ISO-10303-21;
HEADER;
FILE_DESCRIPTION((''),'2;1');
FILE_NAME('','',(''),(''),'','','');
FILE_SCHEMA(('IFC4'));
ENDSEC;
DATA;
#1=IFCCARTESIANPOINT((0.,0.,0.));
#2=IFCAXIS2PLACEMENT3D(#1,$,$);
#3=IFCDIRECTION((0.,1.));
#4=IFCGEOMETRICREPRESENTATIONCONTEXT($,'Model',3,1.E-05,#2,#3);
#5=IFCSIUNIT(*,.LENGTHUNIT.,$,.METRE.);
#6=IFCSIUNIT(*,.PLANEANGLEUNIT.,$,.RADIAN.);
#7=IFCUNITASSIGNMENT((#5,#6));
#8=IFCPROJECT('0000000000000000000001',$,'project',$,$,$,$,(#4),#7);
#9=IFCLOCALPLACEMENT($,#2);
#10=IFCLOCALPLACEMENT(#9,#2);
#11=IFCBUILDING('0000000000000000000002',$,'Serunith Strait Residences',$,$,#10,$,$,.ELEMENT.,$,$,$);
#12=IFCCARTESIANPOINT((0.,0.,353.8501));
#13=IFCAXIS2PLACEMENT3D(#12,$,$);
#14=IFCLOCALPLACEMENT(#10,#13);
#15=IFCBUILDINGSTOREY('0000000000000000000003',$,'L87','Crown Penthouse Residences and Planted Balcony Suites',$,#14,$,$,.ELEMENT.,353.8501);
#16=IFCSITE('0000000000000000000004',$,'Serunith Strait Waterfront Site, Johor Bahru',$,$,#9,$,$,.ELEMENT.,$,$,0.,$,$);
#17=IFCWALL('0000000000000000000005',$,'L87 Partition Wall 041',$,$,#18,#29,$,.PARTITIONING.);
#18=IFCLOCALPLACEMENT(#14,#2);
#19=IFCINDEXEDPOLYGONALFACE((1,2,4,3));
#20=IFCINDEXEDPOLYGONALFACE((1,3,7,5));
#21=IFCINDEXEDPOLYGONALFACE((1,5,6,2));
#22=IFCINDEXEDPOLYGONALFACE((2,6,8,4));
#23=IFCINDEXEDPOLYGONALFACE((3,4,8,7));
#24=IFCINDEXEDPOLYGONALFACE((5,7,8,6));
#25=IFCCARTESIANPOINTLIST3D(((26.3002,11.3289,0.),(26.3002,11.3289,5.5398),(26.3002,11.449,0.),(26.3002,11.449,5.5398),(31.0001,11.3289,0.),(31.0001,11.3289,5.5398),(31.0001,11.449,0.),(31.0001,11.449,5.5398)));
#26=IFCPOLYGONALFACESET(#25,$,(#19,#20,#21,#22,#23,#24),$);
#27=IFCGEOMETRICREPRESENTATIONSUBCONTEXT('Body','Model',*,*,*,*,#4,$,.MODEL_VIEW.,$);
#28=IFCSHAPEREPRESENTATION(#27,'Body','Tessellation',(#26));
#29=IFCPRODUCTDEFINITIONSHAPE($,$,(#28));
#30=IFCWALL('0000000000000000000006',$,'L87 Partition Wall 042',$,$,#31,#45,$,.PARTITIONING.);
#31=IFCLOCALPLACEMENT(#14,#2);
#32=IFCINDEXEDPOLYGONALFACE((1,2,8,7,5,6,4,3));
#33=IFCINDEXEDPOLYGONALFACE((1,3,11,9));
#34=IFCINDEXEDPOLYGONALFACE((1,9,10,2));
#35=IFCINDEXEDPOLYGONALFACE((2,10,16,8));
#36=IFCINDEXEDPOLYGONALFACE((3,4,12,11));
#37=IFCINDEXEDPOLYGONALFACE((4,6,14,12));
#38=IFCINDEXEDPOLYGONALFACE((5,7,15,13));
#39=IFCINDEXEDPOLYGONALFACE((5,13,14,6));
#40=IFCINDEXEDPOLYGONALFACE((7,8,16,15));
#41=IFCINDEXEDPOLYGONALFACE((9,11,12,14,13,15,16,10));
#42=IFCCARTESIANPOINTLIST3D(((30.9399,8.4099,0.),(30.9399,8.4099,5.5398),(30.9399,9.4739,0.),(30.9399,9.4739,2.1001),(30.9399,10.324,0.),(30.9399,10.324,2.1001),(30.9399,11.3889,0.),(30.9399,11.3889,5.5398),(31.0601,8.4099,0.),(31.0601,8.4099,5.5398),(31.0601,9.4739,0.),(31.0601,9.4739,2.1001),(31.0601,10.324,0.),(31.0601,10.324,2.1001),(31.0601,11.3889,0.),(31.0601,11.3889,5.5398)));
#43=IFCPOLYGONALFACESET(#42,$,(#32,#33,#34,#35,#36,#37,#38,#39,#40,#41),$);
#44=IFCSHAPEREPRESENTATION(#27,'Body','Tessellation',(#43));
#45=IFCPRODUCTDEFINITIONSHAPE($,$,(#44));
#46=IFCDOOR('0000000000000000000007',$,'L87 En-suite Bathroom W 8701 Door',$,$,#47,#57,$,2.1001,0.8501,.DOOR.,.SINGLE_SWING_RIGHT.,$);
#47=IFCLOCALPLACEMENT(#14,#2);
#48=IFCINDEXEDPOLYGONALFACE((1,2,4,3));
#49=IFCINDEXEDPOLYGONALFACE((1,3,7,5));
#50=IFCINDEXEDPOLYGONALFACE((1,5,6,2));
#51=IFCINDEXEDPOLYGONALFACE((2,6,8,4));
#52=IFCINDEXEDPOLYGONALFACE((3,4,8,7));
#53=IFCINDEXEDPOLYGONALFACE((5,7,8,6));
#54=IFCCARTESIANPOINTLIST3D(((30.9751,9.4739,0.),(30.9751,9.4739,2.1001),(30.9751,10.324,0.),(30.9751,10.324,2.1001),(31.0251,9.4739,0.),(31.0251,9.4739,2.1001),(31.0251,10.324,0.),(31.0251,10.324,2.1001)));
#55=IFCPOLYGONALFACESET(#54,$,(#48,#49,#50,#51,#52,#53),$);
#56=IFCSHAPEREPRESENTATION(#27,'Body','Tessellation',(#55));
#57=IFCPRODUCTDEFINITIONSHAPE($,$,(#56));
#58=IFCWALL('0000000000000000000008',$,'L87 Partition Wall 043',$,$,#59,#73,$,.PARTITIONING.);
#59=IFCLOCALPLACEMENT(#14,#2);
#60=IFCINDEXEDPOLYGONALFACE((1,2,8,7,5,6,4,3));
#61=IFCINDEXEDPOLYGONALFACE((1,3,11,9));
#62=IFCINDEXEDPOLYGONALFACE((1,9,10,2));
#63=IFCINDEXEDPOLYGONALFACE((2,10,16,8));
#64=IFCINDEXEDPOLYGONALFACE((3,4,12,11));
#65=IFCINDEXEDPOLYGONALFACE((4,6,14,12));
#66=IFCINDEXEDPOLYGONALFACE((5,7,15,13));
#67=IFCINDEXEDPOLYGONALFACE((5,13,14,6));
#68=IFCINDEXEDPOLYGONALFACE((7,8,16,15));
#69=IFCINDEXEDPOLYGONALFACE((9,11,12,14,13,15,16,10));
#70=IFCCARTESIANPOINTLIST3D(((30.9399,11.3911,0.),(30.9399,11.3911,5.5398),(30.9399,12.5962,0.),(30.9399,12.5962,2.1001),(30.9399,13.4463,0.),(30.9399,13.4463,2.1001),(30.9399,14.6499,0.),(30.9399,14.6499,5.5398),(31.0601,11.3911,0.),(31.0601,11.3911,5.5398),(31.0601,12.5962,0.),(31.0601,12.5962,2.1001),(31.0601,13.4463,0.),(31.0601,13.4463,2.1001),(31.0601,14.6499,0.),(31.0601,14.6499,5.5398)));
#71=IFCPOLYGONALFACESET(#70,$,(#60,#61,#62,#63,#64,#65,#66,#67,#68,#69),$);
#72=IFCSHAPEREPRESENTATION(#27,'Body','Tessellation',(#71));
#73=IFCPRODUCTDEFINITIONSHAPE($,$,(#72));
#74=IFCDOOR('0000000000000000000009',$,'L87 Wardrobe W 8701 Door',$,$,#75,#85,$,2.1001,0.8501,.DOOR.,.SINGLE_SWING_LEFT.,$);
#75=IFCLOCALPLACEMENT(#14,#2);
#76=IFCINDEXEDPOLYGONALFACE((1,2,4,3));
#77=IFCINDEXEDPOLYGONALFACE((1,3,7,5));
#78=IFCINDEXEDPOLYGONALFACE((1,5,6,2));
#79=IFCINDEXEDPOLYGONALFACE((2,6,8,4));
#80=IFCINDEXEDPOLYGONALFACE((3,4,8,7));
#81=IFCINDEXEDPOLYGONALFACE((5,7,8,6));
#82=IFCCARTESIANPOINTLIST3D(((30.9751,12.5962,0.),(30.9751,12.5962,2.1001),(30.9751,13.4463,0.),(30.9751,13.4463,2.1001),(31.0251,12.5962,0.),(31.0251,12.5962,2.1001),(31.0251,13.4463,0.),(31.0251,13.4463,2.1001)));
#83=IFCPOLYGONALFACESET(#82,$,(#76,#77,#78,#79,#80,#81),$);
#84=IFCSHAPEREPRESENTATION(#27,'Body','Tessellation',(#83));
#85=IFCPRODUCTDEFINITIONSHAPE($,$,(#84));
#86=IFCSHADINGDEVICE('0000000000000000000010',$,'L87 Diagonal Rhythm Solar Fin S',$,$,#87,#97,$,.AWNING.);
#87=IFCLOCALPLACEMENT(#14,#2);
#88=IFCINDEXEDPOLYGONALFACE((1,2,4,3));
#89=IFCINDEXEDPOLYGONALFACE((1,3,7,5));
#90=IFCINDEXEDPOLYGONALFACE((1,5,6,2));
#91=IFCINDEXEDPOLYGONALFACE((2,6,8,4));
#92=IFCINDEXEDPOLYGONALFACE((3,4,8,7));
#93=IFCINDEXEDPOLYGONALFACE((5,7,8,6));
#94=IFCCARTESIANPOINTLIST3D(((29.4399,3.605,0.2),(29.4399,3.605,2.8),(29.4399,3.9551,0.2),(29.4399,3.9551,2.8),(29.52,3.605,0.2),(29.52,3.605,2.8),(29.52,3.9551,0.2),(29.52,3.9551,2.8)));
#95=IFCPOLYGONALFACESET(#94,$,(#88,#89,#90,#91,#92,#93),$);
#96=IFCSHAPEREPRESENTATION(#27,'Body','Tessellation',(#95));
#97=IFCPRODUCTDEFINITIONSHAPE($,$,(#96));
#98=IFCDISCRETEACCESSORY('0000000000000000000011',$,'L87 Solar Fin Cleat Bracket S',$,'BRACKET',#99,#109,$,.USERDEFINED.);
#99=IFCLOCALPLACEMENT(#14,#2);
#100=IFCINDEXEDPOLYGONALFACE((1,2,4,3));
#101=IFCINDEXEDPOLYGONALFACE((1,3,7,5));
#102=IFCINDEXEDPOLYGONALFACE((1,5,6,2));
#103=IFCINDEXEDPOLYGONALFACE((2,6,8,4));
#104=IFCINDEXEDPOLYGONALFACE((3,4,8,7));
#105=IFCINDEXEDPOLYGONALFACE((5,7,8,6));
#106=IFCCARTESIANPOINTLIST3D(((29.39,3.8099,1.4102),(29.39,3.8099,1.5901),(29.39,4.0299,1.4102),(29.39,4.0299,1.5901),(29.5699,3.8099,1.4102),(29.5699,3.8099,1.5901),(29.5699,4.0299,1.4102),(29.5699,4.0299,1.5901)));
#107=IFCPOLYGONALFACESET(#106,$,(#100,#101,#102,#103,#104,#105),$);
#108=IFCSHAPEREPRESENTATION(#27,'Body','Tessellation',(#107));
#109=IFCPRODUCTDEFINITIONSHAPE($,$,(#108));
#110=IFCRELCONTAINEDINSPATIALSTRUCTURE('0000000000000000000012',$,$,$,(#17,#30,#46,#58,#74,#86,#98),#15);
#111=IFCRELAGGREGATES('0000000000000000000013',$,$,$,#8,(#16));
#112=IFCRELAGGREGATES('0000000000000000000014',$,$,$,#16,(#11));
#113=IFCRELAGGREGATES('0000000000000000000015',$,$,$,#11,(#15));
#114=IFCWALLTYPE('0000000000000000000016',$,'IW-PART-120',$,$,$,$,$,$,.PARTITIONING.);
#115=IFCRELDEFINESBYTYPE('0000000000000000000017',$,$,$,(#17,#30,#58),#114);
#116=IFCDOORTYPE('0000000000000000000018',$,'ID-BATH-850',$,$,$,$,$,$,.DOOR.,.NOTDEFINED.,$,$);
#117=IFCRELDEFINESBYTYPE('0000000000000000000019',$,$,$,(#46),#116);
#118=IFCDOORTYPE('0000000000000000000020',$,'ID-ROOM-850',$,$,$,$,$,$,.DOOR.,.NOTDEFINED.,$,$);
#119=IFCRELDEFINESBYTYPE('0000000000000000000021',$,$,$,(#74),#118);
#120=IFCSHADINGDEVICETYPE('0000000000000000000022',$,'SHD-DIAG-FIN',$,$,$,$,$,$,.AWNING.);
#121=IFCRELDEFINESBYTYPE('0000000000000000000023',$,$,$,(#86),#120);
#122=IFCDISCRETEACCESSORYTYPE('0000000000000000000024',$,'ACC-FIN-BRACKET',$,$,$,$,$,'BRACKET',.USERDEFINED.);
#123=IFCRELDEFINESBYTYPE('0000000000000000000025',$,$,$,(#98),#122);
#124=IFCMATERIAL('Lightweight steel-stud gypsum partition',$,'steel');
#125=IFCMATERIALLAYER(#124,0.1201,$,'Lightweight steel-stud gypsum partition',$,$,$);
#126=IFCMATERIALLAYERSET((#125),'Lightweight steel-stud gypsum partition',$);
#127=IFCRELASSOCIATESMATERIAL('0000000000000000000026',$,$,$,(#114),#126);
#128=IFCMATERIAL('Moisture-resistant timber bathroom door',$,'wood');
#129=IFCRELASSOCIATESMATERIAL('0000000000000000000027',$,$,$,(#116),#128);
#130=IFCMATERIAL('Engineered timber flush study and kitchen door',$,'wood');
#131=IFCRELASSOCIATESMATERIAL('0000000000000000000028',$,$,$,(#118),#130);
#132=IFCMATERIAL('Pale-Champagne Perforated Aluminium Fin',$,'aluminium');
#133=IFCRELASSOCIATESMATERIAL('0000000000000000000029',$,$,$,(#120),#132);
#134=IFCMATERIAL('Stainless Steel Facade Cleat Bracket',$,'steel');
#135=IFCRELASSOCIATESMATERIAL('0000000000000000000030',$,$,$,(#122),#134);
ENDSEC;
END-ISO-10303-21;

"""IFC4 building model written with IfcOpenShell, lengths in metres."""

from ifc_helpers import new_model, si_unit, direction, frame, frame_2d, origin, origin_2d, place, context, subcontext, project, spatial, rectangle, extrude, source, transform, mapped, material, layer, layer_set, type_object, element, fill, save


model = new_model("IFC4")

# Units and contexts
model_context = context("Model", 3, precision=1e-05, world=origin(), true_north=direction((0.0, 1.0)))
body_context = subcontext(model_context, "Body", "Model", "MODEL_VIEW")
ifc_project = project(units=[si_unit("LENGTHUNIT", "METRE"), si_unit("PLANEANGLEUNIT", "RADIAN")], contexts=[model_context])

# Site, building, storey
site_placement = place(None, origin())
site = spatial("IfcSite", under=ifc_project, at=site_placement, Name="Serunith Strait Waterfront Site, Johor Bahru", CompositionType="ELEMENT", RefElevation=0.0)
building_placement = place(site_placement, origin())
building = spatial("IfcBuilding", under=site, at=building_placement, Name="Serunith Strait Residences", CompositionType="ELEMENT")
storey_placement = place(building_placement, frame((0.0, 0.0, 353.8501)))
storey = spatial("IfcBuildingStorey", under=building, at=storey_placement, Name="L87", Description="Crown Penthouse Residences and Planted Balcony Suites", CompositionType="ELEMENT", Elevation=353.8501)

# Wall
ifc_material_1 = material(Name="Lightweight steel-stud gypsum partition", Category="steel")
ifc_layer_1 = layer(ifc_material_1, 0.1201, Name="Lightweight steel-stud gypsum partition")
ifc_layer_set_1 = layer_set([ifc_layer_1], Name="Lightweight steel-stud gypsum partition")
wall_type = type_object("IfcWallType", Name="IW-PART-120", PredefinedType="PARTITIONING", material=ifc_layer_set_1)
wall_1_placement = place(storey_placement, frame((26.3, 11.3889, 0.0), z_axis=(0.0, 0.0, 1.0), x_axis=(1.0, 0.0, 0.0)))
element("IfcWall", 1, at=wall_1_placement, inside=storey, type_object=wall_type, Name="L87 Partition Wall 041", PredefinedType="PARTITIONING", context=body_context, shape_type="SweptSolid", body=[
    extrude(rectangle(XDim=4.7, YDim=0.1201, at=frame_2d((2.3501, 0.0))), origin(), (0.0, 0.0, 1.0), 5.5398),
])

# Walls, openings, doors
wall_2_placement = place(storey_placement, frame((31.0, 8.4099, 0.0), z_axis=(0.0, 0.0, 1.0), x_axis=(0.0, 1.0, 0.0)))
wall_2 = element("IfcWall", 2, at=wall_2_placement, inside=storey, type_object=wall_type, Name="L87 Partition Wall 042", PredefinedType="PARTITIONING", context=body_context, shape_type="SweptSolid", body=[
    extrude(rectangle(XDim=2.979, YDim=0.1201, at=frame_2d((1.4895, 0.0))), origin(), (0.0, 0.0, 1.0), 5.5398),
])
opening_1_placement = place(wall_2_placement, frame((1.064, 0.0, 0.0)))
opening_1 = element("IfcOpeningElement", 3, at=opening_1_placement, cuts=wall_2, PredefinedType="OPENING", context=body_context, shape_type="SweptSolid", body=[
    extrude(rectangle(XDim=0.8501, YDim=2.1001, at=frame_2d((0.425, 1.05))), frame((0.0, 0.0701, 0.0), z_axis=(0.0, -1.0, 0.0), x_axis=(1.0, 0.0, 0.0)), (0.0, 0.0, 1.0), 0.1401),
])
ifc_material_2 = material(Name="Moisture-resistant timber bathroom door", Category="wood")
door_type_1 = type_object("IfcDoorType", Name="ID-BATH-850", OperationType="NOTDEFINED", PredefinedType="DOOR", material=ifc_material_2)
shared_shape_1 = source(origin(), body_context, "Body", "SweptSolid", [
    extrude(rectangle(XDim=0.8501, YDim=2.1001, at=frame_2d((0.425, 1.05))), frame((0.0, 0.0249, 0.0), z_axis=(0.0, -1.0, 0.0), x_axis=(1.0, 0.0, 0.0)), (0.0, 0.0, 1.0), 0.05),
])
door_1_placement = place(opening_1_placement, origin())
door_1 = element("IfcDoor", 4, at=door_1_placement, inside=storey, type_object=door_type_1, Name="L87 En-suite Bathroom W 8701 Door", OperationType="SINGLE_SWING_RIGHT", OverallHeight=2.1001, OverallWidth=0.8501, PredefinedType="DOOR", context=body_context, shape_type="MappedRepresentation", body=[
    mapped(shared_shape_1, transform((0.0, 0.0, 0.0), scale=1.0)),
])
fill(opening_1, door_1)
wall_3_placement = place(storey_placement, frame((31.0, 11.3911, 0.0), z_axis=(0.0, 0.0, 1.0), x_axis=(0.0, 1.0, 0.0)))
wall_3 = element("IfcWall", 5, at=wall_3_placement, inside=storey, type_object=wall_type, Name="L87 Partition Wall 043", PredefinedType="PARTITIONING", context=body_context, shape_type="SweptSolid", body=[
    extrude(rectangle(XDim=3.2588, YDim=0.1201, at=frame_2d((1.6294, 0.0))), origin(), (0.0, 0.0, 1.0), 5.5398),
])
opening_2_placement = place(wall_3_placement, frame((1.2051, 0.0, 0.0)))
opening_2 = element("IfcOpeningElement", 6, at=opening_2_placement, cuts=wall_3, PredefinedType="OPENING", context=body_context, shape_type="SweptSolid", body=[
    extrude(rectangle(XDim=0.8501, YDim=2.1001, at=frame_2d((0.425, 1.05))), frame((0.0, 0.0701, 0.0), z_axis=(0.0, -1.0, 0.0), x_axis=(1.0, 0.0, 0.0)), (0.0, 0.0, 1.0), 0.1401),
])
ifc_material_3 = material(Name="Engineered timber flush study and kitchen door", Category="wood")
door_type_2 = type_object("IfcDoorType", Name="ID-ROOM-850", OperationType="NOTDEFINED", PredefinedType="DOOR", material=ifc_material_3)
door_2_placement = place(opening_2_placement, origin())
door_2 = element("IfcDoor", 7, at=door_2_placement, inside=storey, type_object=door_type_2, Name="L87 Wardrobe W 8701 Door", OperationType="SINGLE_SWING_LEFT", OverallHeight=2.1001, OverallWidth=0.8501, PredefinedType="DOOR", context=body_context, shape_type="MappedRepresentation", body=[
    mapped(shared_shape_1, transform((0.0, 0.0, 0.0), scale=1.0)),
])
fill(opening_2, door_2)

# Shading device
ifc_material_4 = material(Name="Pale-Champagne Perforated Aluminium Fin", Category="aluminium")
shading_device_type = type_object("IfcShadingDeviceType", Name="SHD-DIAG-FIN", PredefinedType="AWNING", material=ifc_material_4)
shared_shape_2 = source(origin(), body_context, "Body", "SweptSolid", [
    extrude(rectangle(XDim=0.0801, YDim=0.3501, at=origin_2d()), origin(), (0.0, 0.0, 1.0), 2.6001),
])
shading_device_placement = place(storey_placement, frame((29.48, 3.78, 0.2), z_axis=(0.0, 0.0, 1.0), x_axis=(1.0, 0.0, 0.0)))
element("IfcShadingDevice", 8, at=shading_device_placement, inside=storey, type_object=shading_device_type, Name="L87 Diagonal Rhythm Solar Fin S", PredefinedType="AWNING", context=body_context, shape_type="MappedRepresentation", body=[
    mapped(shared_shape_2, transform((0.0, 0.0, 0.0), scale=1.0)),
])

# Discrete accessory
ifc_material_5 = material(Name="Stainless Steel Facade Cleat Bracket", Category="steel")
discrete_accessory_type = type_object("IfcDiscreteAccessoryType", Name="ACC-FIN-BRACKET", ElementType="BRACKET", PredefinedType="USERDEFINED", material=ifc_material_5)
shared_shape_3 = source(origin(), body_context, "Body", "SweptSolid", [
    extrude(rectangle(XDim=0.1799, YDim=0.22, at=origin_2d()), origin(), (0.0, 0.0, 1.0), 0.1799),
])
discrete_accessory_placement = place(storey_placement, frame((29.48, 3.9199, 1.4102), z_axis=(0.0, 0.0, 1.0), x_axis=(1.0, 0.0, 0.0)))
element("IfcDiscreteAccessory", 9, at=discrete_accessory_placement, inside=storey, type_object=discrete_accessory_type, Name="L87 Solar Fin Cleat Bracket S", ObjectType="BRACKET", PredefinedType="USERDEFINED", context=body_context, shape_type="MappedRepresentation", body=[
    mapped(shared_shape_3, transform((0.0, 0.0, 0.0), scale=1.0)),
])

save(model, "model.ifc")
